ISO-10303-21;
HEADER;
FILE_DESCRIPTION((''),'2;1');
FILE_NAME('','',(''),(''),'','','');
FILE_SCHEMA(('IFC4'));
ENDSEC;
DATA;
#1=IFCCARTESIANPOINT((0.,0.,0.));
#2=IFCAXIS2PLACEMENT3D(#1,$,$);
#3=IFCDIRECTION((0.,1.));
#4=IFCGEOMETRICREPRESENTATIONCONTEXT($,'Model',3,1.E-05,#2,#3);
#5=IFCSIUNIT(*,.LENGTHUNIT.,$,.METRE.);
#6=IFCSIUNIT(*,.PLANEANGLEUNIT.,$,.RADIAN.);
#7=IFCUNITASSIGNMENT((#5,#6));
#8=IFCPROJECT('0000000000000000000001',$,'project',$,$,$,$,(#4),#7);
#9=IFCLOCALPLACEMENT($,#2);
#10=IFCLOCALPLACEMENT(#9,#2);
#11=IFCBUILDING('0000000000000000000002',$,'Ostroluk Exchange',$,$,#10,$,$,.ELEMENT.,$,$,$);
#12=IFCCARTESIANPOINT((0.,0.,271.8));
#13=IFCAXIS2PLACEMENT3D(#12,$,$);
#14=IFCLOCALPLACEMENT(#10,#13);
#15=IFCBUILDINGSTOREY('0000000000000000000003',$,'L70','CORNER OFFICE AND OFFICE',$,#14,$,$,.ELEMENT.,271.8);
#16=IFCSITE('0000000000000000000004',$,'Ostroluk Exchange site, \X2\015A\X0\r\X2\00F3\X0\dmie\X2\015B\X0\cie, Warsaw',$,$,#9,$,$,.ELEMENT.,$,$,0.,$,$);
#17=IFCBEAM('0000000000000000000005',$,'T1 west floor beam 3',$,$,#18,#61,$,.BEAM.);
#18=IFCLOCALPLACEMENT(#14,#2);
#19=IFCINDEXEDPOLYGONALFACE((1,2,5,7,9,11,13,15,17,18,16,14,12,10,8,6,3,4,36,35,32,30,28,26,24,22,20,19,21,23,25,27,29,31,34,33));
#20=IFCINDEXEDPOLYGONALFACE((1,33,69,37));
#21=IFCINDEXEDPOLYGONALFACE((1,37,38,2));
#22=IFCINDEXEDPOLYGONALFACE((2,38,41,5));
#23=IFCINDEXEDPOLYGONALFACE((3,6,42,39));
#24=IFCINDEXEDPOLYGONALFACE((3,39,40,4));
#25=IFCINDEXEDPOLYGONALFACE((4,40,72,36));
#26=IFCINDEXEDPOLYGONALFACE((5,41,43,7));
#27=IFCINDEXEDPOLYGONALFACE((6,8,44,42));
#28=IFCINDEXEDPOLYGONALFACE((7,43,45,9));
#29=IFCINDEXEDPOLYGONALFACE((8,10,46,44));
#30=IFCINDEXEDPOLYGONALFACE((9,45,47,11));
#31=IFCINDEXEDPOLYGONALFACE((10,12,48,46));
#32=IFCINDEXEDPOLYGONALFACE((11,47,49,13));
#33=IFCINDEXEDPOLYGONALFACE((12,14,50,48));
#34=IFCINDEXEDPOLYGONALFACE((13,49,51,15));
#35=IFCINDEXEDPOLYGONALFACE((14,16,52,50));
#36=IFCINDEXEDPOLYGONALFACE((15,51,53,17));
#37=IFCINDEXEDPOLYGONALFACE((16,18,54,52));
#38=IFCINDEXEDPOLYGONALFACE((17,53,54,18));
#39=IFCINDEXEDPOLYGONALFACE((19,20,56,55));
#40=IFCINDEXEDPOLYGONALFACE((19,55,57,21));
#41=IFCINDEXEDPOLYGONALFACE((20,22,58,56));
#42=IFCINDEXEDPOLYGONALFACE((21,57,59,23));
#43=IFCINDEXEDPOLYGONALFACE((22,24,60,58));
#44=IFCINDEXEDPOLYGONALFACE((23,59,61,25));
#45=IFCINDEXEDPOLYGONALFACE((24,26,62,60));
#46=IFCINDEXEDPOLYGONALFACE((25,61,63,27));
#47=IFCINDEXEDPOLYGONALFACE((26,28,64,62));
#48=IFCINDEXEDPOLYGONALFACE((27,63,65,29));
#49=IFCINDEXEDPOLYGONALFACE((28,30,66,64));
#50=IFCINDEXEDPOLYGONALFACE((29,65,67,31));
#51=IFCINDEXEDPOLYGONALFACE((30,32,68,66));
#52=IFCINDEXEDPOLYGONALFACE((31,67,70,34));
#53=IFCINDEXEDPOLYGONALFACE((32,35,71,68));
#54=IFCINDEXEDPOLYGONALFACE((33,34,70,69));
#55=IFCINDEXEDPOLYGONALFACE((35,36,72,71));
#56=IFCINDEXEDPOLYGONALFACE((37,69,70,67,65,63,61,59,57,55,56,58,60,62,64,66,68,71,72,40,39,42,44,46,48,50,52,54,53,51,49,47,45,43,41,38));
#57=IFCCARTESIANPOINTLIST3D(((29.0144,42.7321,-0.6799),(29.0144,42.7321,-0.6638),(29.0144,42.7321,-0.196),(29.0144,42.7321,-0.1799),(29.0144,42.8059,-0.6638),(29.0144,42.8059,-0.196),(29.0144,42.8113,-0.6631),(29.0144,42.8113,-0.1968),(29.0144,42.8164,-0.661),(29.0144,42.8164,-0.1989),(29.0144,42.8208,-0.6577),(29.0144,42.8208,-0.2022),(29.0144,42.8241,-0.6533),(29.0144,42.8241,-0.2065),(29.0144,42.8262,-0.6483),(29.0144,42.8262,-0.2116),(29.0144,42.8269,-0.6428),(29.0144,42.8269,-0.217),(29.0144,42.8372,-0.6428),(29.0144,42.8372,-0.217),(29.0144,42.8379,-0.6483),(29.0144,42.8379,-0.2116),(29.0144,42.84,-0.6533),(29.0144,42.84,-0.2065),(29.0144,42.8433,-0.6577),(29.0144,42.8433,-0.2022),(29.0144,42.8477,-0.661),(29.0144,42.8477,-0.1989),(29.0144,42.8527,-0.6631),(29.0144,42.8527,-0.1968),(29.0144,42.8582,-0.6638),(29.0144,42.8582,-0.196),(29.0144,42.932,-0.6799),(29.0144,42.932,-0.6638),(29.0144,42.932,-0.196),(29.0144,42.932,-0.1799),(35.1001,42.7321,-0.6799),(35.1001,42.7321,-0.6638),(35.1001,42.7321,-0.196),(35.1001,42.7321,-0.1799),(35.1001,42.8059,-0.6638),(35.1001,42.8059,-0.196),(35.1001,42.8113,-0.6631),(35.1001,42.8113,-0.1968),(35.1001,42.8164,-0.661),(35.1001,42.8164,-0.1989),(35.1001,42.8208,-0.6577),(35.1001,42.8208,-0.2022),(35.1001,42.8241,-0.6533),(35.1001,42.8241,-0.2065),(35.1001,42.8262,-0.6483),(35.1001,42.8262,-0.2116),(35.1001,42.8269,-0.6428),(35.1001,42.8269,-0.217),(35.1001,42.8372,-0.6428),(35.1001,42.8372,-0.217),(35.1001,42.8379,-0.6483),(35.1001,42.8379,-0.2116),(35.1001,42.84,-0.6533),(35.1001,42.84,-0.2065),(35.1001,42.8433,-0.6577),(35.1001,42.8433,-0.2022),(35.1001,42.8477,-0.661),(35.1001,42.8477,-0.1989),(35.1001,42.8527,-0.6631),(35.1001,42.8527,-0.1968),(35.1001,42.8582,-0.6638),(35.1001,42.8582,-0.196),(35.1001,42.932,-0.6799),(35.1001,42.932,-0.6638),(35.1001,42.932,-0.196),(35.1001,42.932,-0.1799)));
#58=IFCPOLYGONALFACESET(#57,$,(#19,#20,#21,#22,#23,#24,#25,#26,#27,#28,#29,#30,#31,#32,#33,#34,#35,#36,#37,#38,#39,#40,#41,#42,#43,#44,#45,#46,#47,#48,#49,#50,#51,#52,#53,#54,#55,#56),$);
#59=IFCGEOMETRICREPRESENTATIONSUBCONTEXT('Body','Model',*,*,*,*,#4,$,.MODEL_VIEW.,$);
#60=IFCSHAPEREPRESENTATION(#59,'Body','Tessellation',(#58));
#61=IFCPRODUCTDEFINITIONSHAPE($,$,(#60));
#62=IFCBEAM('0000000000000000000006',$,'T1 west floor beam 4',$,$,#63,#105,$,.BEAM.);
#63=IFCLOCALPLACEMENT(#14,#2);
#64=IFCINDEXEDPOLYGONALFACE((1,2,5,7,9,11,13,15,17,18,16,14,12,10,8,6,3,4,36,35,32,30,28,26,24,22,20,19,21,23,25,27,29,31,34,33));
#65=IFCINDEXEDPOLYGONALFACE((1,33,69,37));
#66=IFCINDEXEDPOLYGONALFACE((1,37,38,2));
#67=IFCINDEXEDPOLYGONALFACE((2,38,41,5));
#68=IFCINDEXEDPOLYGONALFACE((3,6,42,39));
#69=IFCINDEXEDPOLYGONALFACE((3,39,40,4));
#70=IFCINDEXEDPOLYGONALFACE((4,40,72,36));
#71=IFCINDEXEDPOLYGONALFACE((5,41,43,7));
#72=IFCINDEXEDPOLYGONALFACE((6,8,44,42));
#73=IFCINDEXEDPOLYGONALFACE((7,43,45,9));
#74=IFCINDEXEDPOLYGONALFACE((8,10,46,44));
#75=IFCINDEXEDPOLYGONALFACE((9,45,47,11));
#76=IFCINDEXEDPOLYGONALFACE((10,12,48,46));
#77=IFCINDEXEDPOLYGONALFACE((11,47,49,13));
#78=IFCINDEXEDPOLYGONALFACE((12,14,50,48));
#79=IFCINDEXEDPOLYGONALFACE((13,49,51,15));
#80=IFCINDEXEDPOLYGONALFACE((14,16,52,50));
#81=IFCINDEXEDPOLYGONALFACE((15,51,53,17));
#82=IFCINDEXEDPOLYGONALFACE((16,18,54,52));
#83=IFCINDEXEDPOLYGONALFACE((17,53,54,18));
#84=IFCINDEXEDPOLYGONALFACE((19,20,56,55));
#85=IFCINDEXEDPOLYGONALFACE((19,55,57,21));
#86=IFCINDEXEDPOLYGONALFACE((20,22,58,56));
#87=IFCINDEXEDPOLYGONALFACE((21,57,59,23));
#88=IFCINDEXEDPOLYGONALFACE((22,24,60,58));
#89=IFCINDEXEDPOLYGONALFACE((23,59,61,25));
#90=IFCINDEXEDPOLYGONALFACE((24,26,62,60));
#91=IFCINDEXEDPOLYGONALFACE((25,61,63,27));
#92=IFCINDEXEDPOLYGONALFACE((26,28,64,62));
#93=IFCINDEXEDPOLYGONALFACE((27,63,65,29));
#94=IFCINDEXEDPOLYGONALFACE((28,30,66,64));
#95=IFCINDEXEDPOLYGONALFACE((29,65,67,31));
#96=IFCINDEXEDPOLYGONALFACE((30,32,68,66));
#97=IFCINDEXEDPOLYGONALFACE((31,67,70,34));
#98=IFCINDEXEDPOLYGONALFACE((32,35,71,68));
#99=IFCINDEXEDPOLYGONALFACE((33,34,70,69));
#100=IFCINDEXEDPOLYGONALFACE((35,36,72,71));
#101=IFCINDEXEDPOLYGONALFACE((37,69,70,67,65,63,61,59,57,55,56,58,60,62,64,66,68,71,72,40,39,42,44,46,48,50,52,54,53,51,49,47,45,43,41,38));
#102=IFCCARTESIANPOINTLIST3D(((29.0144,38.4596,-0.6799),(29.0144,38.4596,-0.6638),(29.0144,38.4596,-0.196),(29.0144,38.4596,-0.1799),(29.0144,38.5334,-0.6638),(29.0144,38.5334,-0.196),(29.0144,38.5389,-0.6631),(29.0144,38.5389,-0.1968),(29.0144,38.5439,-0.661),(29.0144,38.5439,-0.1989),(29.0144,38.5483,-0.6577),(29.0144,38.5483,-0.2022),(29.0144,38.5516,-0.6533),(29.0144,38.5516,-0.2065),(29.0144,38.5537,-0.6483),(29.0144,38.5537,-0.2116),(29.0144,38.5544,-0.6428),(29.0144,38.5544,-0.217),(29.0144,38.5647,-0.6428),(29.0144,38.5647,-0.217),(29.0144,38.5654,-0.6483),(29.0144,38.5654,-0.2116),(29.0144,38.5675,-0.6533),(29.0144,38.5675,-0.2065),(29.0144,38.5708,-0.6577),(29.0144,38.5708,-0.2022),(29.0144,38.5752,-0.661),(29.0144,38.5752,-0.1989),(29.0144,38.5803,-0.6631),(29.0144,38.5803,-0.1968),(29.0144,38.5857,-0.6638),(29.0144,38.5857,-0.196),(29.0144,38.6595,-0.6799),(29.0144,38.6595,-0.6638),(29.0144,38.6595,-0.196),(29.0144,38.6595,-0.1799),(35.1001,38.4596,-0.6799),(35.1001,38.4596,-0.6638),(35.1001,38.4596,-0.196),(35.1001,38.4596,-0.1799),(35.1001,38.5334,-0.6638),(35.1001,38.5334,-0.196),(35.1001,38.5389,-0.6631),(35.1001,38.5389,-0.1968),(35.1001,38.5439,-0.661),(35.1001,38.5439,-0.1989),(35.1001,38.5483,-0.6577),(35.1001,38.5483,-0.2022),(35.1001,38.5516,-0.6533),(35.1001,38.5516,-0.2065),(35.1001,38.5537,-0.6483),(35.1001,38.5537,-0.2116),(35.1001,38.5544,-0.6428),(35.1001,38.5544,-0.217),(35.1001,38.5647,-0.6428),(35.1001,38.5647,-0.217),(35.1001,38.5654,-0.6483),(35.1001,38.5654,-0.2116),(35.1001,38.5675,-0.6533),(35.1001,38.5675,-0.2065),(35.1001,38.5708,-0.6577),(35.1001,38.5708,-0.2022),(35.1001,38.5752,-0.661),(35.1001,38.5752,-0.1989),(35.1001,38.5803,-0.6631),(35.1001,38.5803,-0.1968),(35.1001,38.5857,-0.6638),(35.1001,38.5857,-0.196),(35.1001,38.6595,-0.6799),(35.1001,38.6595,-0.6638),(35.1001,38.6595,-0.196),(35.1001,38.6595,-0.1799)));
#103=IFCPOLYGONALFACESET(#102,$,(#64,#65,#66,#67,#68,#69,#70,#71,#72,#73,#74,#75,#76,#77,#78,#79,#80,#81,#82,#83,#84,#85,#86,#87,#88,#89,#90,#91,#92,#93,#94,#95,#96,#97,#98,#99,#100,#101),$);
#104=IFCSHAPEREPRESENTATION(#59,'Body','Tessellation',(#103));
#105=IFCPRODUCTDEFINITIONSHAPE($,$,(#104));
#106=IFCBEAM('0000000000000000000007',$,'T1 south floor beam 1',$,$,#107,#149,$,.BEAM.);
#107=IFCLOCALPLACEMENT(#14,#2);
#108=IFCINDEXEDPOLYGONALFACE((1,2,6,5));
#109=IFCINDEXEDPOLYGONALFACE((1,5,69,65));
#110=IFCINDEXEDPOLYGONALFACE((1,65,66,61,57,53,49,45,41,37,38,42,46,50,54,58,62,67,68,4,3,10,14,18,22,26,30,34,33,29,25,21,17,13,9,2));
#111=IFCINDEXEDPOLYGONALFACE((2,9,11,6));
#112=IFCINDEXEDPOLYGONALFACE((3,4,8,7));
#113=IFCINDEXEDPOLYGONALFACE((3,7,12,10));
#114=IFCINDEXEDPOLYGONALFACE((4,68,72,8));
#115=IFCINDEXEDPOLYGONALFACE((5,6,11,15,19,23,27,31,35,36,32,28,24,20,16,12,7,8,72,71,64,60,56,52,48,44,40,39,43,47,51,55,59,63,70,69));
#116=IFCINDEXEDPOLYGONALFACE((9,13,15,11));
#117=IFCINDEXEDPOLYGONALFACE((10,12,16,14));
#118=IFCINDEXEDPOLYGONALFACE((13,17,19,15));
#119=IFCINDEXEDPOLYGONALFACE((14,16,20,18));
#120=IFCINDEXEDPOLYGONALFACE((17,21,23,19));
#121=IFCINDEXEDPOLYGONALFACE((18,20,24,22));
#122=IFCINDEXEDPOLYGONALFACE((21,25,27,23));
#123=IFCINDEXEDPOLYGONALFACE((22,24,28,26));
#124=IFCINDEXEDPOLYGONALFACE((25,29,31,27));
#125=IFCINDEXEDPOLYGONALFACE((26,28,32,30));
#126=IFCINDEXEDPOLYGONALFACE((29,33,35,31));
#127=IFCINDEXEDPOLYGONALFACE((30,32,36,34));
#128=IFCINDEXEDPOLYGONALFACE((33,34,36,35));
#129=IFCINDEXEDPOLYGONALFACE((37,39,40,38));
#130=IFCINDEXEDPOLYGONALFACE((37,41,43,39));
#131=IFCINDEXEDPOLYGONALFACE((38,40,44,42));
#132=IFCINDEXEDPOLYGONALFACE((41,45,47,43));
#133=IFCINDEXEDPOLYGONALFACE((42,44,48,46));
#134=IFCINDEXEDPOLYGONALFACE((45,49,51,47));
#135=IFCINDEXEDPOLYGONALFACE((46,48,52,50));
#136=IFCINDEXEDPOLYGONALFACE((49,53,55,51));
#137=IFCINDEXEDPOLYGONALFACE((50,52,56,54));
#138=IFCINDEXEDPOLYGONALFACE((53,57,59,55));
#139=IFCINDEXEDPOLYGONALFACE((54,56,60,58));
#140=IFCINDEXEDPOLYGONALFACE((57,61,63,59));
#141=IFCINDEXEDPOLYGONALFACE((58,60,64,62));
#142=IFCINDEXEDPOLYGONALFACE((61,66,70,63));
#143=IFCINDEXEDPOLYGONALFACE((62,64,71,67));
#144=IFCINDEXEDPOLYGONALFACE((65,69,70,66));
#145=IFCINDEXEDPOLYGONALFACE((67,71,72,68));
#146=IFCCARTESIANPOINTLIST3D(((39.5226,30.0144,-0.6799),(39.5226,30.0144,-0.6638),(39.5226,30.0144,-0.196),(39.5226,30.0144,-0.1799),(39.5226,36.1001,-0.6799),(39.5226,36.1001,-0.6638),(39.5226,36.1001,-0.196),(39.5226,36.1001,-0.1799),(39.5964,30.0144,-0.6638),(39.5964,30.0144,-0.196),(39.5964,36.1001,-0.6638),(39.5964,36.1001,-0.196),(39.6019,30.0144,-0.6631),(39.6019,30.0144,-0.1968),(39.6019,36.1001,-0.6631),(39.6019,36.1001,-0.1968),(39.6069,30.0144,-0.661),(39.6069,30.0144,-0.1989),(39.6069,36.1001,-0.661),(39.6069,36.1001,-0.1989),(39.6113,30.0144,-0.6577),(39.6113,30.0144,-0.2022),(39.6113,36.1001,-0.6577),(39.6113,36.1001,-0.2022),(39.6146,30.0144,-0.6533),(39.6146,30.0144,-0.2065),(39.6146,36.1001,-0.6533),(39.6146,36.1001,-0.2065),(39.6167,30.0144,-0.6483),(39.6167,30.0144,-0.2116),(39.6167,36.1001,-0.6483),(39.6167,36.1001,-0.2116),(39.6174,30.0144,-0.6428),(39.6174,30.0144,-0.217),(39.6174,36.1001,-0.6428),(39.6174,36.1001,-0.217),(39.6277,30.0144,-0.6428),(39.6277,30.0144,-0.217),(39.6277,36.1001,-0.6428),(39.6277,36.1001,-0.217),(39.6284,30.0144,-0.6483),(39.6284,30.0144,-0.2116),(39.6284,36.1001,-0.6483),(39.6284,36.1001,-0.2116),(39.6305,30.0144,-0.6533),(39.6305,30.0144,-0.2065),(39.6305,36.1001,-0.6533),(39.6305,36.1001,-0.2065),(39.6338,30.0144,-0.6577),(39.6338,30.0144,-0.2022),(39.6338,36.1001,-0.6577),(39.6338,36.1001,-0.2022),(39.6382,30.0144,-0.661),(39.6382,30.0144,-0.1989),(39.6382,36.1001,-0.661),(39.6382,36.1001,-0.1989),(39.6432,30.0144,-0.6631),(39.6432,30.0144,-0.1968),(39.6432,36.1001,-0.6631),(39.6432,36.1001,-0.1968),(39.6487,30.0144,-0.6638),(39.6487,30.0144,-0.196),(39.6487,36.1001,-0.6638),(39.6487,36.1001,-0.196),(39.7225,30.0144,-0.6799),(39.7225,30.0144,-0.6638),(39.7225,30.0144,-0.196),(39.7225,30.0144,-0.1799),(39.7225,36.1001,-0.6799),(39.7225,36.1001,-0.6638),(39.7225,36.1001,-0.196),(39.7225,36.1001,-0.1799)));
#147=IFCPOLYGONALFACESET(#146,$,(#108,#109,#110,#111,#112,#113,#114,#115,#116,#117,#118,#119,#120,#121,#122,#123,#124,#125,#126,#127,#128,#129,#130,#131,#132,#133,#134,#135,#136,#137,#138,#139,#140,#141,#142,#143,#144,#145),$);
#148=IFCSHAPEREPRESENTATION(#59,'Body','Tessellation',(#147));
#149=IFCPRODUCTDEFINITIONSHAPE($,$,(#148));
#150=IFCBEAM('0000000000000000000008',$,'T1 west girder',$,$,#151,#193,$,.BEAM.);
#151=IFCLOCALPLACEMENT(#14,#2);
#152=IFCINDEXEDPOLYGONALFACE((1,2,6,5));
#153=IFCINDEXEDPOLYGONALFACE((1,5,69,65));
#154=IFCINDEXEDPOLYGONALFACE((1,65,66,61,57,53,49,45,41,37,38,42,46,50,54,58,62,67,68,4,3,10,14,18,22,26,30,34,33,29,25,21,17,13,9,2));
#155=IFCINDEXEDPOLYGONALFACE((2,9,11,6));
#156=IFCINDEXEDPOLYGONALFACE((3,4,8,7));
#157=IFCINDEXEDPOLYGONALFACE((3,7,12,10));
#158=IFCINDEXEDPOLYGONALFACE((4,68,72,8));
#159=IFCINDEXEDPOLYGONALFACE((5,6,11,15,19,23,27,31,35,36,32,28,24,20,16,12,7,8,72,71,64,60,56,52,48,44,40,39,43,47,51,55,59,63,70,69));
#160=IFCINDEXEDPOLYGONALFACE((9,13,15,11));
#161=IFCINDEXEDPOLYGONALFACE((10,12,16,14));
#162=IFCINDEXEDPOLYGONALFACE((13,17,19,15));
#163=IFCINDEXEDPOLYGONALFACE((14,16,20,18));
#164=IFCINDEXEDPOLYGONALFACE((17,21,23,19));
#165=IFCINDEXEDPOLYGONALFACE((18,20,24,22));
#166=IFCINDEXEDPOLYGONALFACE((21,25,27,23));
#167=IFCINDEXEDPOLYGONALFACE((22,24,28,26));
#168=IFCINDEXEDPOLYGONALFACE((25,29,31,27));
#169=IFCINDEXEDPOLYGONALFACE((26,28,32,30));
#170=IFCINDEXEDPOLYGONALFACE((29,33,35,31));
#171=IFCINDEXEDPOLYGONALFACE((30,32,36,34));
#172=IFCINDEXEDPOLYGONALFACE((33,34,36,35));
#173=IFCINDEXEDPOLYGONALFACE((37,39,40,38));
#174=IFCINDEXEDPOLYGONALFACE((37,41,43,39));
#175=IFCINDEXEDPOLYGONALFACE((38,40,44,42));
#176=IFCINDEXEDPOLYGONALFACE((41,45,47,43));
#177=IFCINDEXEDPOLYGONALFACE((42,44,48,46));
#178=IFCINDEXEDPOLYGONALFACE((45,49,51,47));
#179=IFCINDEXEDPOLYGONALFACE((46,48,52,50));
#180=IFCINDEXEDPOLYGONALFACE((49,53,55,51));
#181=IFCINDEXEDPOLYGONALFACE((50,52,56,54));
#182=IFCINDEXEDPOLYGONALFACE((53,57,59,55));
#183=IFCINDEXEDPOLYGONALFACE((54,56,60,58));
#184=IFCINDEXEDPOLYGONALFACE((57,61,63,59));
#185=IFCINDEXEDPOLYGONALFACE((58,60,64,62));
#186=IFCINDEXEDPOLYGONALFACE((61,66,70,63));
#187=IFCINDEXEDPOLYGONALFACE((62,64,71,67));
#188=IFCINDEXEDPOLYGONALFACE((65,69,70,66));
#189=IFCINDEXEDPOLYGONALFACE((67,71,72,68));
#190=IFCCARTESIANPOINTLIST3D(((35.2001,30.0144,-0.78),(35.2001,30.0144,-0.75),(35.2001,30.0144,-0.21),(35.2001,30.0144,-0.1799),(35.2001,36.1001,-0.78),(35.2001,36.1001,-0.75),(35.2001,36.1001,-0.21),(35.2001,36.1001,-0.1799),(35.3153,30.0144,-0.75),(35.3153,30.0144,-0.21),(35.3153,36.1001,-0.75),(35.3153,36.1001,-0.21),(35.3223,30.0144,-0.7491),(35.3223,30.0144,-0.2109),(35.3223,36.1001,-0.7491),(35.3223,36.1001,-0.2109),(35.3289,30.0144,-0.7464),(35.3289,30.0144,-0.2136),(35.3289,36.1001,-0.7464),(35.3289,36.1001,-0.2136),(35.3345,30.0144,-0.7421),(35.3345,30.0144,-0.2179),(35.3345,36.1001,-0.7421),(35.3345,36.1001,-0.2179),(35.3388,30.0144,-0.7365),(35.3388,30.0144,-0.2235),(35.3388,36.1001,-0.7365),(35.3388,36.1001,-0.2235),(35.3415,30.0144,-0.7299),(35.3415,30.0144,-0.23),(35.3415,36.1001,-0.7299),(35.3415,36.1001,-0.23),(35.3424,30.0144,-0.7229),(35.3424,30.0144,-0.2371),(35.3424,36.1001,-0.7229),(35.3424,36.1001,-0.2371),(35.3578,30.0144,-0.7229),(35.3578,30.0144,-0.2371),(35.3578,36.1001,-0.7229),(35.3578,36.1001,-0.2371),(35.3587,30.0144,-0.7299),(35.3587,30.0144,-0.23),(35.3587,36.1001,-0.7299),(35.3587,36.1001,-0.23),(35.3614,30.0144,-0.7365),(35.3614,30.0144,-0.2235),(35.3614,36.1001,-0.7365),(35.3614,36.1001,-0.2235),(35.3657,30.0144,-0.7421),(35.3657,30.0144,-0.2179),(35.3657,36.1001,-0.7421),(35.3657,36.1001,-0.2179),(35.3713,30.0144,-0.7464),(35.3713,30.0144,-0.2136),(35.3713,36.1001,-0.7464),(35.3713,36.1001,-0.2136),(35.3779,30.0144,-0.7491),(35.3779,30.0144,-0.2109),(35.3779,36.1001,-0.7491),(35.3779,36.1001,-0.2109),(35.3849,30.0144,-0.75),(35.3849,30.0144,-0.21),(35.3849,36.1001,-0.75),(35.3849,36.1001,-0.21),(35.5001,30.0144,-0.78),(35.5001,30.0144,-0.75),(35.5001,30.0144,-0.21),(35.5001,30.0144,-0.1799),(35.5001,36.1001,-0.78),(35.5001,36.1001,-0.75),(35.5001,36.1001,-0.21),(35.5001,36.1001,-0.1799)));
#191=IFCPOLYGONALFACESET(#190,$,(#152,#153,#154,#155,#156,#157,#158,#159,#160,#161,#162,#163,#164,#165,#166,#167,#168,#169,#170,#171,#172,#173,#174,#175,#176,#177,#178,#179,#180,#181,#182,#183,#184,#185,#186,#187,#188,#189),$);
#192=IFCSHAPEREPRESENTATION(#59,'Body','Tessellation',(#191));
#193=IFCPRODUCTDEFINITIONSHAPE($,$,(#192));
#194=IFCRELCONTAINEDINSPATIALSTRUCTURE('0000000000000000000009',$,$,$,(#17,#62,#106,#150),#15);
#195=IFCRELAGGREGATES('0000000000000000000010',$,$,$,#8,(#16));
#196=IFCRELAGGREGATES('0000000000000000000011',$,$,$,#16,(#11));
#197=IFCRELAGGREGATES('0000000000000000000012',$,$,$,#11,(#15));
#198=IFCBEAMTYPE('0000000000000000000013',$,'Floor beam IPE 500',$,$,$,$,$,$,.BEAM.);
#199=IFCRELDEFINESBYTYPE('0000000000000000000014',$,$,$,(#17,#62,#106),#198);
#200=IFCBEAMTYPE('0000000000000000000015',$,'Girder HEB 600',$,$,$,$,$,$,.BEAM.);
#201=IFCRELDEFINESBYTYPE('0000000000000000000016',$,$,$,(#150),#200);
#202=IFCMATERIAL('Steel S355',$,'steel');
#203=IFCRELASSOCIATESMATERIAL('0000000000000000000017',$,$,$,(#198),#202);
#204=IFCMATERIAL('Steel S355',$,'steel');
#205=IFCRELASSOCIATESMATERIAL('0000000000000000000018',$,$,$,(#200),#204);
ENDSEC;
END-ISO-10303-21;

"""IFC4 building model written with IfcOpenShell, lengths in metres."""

from ifc_helpers import new_model, si_unit, direction, frame, origin, origin_2d, place, context, subcontext, project, spatial, i_section, extrude, material, material_profile, profile_set, type_object, element, save


model = new_model("IFC4")

# Units and contexts
model_context = context("Model", 3, precision=1e-05, world=origin(), true_north=direction((0.0, 1.0)))
body_context = subcontext(model_context, "Body", "Model", "MODEL_VIEW")
ifc_project = project(units=[si_unit("LENGTHUNIT", "METRE"), si_unit("PLANEANGLEUNIT", "RADIAN")], contexts=[model_context])

# Site, building, storey
site_placement = place(None, origin())
site = spatial("IfcSite", under=ifc_project, at=site_placement, Name="Ostroluk Exchange site, Śródmieście, Warsaw", CompositionType="ELEMENT", RefElevation=0.0)
building_placement = place(site_placement, origin())
building = spatial("IfcBuilding", under=site, at=building_placement, Name="Ostroluk Exchange", CompositionType="ELEMENT")
storey_placement = place(building_placement, frame((0.0, 0.0, 271.8)))
storey = spatial("IfcBuildingStorey", under=building, at=storey_placement, Name="L70", Description="CORNER OFFICE AND OFFICE", CompositionType="ELEMENT", Elevation=271.8)

# Beams
ifc_material_1 = material(Name="Steel S355", Category="steel")
ifc_material_profile_1 = material_profile(ifc_material_1, i_section(OverallWidth=0.2, OverallDepth=0.5, WebThickness=0.0103, FlangeThickness=0.0161, FilletRadius=0.021, at=origin_2d()), Name="IPE 500")
ifc_profile_set_1 = profile_set([ifc_material_profile_1], Name="Steel S355")
beam_type_1 = type_object("IfcBeamType", Name="Floor beam IPE 500", PredefinedType="BEAM", material=ifc_profile_set_1)
for number, where, z_axis, x_axis, name in (
    (1, (35.1001, 42.832, -0.4299), (-1.0, 0.0, 0.0), (0.0, -1.0, 0.0), "T1 west floor beam 3"),
    (2, (35.1001, 38.5596, -0.4299), (-1.0, 0.0, 0.0), (0.0, -1.0, 0.0), "T1 west floor beam 4"),
    (3, (39.6226, 36.1001, -0.4299), (0.0, -1.0, 0.0), (1.0, 0.0, 0.0), "T1 south floor beam 1"),
):
    element("IfcBeam", number, at=place(storey_placement, frame(where, z_axis=z_axis, x_axis=x_axis)), inside=storey, type_object=beam_type_1, Name=name, PredefinedType="BEAM", context=body_context, shape_type="SweptSolid", body=[
        extrude(i_section(OverallWidth=0.2, OverallDepth=0.5, WebThickness=0.0103, FlangeThickness=0.0161, FilletRadius=0.021, at=origin_2d()), origin(), (0.0, 0.0, 1.0), 6.0857),
    ])
ifc_material_2 = material(Name="Steel S355", Category="steel")
ifc_material_profile_2 = material_profile(ifc_material_2, i_section(OverallWidth=0.3, OverallDepth=0.6001, WebThickness=0.0154, FlangeThickness=0.03, FilletRadius=0.0271, at=origin_2d()), Name="HEB 600")
ifc_profile_set_2 = profile_set([ifc_material_profile_2], Name="Steel S355")
beam_type_2 = type_object("IfcBeamType", Name="Girder HEB 600", PredefinedType="BEAM", material=ifc_profile_set_2)
beam_placement = place(storey_placement, frame((35.3501, 36.1001, -0.48), z_axis=(0.0, -1.0, 0.0), x_axis=(1.0, 0.0, 0.0)))
element("IfcBeam", 4, at=beam_placement, inside=storey, type_object=beam_type_2, Name="T1 west girder", PredefinedType="BEAM", context=body_context, shape_type="SweptSolid", body=[
    extrude(i_section(OverallWidth=0.3, OverallDepth=0.6001, WebThickness=0.0154, FlangeThickness=0.03, FilletRadius=0.0271, at=origin_2d()), origin(), (0.0, 0.0, 1.0), 6.0857),
])

save(model, "model.ifc")
